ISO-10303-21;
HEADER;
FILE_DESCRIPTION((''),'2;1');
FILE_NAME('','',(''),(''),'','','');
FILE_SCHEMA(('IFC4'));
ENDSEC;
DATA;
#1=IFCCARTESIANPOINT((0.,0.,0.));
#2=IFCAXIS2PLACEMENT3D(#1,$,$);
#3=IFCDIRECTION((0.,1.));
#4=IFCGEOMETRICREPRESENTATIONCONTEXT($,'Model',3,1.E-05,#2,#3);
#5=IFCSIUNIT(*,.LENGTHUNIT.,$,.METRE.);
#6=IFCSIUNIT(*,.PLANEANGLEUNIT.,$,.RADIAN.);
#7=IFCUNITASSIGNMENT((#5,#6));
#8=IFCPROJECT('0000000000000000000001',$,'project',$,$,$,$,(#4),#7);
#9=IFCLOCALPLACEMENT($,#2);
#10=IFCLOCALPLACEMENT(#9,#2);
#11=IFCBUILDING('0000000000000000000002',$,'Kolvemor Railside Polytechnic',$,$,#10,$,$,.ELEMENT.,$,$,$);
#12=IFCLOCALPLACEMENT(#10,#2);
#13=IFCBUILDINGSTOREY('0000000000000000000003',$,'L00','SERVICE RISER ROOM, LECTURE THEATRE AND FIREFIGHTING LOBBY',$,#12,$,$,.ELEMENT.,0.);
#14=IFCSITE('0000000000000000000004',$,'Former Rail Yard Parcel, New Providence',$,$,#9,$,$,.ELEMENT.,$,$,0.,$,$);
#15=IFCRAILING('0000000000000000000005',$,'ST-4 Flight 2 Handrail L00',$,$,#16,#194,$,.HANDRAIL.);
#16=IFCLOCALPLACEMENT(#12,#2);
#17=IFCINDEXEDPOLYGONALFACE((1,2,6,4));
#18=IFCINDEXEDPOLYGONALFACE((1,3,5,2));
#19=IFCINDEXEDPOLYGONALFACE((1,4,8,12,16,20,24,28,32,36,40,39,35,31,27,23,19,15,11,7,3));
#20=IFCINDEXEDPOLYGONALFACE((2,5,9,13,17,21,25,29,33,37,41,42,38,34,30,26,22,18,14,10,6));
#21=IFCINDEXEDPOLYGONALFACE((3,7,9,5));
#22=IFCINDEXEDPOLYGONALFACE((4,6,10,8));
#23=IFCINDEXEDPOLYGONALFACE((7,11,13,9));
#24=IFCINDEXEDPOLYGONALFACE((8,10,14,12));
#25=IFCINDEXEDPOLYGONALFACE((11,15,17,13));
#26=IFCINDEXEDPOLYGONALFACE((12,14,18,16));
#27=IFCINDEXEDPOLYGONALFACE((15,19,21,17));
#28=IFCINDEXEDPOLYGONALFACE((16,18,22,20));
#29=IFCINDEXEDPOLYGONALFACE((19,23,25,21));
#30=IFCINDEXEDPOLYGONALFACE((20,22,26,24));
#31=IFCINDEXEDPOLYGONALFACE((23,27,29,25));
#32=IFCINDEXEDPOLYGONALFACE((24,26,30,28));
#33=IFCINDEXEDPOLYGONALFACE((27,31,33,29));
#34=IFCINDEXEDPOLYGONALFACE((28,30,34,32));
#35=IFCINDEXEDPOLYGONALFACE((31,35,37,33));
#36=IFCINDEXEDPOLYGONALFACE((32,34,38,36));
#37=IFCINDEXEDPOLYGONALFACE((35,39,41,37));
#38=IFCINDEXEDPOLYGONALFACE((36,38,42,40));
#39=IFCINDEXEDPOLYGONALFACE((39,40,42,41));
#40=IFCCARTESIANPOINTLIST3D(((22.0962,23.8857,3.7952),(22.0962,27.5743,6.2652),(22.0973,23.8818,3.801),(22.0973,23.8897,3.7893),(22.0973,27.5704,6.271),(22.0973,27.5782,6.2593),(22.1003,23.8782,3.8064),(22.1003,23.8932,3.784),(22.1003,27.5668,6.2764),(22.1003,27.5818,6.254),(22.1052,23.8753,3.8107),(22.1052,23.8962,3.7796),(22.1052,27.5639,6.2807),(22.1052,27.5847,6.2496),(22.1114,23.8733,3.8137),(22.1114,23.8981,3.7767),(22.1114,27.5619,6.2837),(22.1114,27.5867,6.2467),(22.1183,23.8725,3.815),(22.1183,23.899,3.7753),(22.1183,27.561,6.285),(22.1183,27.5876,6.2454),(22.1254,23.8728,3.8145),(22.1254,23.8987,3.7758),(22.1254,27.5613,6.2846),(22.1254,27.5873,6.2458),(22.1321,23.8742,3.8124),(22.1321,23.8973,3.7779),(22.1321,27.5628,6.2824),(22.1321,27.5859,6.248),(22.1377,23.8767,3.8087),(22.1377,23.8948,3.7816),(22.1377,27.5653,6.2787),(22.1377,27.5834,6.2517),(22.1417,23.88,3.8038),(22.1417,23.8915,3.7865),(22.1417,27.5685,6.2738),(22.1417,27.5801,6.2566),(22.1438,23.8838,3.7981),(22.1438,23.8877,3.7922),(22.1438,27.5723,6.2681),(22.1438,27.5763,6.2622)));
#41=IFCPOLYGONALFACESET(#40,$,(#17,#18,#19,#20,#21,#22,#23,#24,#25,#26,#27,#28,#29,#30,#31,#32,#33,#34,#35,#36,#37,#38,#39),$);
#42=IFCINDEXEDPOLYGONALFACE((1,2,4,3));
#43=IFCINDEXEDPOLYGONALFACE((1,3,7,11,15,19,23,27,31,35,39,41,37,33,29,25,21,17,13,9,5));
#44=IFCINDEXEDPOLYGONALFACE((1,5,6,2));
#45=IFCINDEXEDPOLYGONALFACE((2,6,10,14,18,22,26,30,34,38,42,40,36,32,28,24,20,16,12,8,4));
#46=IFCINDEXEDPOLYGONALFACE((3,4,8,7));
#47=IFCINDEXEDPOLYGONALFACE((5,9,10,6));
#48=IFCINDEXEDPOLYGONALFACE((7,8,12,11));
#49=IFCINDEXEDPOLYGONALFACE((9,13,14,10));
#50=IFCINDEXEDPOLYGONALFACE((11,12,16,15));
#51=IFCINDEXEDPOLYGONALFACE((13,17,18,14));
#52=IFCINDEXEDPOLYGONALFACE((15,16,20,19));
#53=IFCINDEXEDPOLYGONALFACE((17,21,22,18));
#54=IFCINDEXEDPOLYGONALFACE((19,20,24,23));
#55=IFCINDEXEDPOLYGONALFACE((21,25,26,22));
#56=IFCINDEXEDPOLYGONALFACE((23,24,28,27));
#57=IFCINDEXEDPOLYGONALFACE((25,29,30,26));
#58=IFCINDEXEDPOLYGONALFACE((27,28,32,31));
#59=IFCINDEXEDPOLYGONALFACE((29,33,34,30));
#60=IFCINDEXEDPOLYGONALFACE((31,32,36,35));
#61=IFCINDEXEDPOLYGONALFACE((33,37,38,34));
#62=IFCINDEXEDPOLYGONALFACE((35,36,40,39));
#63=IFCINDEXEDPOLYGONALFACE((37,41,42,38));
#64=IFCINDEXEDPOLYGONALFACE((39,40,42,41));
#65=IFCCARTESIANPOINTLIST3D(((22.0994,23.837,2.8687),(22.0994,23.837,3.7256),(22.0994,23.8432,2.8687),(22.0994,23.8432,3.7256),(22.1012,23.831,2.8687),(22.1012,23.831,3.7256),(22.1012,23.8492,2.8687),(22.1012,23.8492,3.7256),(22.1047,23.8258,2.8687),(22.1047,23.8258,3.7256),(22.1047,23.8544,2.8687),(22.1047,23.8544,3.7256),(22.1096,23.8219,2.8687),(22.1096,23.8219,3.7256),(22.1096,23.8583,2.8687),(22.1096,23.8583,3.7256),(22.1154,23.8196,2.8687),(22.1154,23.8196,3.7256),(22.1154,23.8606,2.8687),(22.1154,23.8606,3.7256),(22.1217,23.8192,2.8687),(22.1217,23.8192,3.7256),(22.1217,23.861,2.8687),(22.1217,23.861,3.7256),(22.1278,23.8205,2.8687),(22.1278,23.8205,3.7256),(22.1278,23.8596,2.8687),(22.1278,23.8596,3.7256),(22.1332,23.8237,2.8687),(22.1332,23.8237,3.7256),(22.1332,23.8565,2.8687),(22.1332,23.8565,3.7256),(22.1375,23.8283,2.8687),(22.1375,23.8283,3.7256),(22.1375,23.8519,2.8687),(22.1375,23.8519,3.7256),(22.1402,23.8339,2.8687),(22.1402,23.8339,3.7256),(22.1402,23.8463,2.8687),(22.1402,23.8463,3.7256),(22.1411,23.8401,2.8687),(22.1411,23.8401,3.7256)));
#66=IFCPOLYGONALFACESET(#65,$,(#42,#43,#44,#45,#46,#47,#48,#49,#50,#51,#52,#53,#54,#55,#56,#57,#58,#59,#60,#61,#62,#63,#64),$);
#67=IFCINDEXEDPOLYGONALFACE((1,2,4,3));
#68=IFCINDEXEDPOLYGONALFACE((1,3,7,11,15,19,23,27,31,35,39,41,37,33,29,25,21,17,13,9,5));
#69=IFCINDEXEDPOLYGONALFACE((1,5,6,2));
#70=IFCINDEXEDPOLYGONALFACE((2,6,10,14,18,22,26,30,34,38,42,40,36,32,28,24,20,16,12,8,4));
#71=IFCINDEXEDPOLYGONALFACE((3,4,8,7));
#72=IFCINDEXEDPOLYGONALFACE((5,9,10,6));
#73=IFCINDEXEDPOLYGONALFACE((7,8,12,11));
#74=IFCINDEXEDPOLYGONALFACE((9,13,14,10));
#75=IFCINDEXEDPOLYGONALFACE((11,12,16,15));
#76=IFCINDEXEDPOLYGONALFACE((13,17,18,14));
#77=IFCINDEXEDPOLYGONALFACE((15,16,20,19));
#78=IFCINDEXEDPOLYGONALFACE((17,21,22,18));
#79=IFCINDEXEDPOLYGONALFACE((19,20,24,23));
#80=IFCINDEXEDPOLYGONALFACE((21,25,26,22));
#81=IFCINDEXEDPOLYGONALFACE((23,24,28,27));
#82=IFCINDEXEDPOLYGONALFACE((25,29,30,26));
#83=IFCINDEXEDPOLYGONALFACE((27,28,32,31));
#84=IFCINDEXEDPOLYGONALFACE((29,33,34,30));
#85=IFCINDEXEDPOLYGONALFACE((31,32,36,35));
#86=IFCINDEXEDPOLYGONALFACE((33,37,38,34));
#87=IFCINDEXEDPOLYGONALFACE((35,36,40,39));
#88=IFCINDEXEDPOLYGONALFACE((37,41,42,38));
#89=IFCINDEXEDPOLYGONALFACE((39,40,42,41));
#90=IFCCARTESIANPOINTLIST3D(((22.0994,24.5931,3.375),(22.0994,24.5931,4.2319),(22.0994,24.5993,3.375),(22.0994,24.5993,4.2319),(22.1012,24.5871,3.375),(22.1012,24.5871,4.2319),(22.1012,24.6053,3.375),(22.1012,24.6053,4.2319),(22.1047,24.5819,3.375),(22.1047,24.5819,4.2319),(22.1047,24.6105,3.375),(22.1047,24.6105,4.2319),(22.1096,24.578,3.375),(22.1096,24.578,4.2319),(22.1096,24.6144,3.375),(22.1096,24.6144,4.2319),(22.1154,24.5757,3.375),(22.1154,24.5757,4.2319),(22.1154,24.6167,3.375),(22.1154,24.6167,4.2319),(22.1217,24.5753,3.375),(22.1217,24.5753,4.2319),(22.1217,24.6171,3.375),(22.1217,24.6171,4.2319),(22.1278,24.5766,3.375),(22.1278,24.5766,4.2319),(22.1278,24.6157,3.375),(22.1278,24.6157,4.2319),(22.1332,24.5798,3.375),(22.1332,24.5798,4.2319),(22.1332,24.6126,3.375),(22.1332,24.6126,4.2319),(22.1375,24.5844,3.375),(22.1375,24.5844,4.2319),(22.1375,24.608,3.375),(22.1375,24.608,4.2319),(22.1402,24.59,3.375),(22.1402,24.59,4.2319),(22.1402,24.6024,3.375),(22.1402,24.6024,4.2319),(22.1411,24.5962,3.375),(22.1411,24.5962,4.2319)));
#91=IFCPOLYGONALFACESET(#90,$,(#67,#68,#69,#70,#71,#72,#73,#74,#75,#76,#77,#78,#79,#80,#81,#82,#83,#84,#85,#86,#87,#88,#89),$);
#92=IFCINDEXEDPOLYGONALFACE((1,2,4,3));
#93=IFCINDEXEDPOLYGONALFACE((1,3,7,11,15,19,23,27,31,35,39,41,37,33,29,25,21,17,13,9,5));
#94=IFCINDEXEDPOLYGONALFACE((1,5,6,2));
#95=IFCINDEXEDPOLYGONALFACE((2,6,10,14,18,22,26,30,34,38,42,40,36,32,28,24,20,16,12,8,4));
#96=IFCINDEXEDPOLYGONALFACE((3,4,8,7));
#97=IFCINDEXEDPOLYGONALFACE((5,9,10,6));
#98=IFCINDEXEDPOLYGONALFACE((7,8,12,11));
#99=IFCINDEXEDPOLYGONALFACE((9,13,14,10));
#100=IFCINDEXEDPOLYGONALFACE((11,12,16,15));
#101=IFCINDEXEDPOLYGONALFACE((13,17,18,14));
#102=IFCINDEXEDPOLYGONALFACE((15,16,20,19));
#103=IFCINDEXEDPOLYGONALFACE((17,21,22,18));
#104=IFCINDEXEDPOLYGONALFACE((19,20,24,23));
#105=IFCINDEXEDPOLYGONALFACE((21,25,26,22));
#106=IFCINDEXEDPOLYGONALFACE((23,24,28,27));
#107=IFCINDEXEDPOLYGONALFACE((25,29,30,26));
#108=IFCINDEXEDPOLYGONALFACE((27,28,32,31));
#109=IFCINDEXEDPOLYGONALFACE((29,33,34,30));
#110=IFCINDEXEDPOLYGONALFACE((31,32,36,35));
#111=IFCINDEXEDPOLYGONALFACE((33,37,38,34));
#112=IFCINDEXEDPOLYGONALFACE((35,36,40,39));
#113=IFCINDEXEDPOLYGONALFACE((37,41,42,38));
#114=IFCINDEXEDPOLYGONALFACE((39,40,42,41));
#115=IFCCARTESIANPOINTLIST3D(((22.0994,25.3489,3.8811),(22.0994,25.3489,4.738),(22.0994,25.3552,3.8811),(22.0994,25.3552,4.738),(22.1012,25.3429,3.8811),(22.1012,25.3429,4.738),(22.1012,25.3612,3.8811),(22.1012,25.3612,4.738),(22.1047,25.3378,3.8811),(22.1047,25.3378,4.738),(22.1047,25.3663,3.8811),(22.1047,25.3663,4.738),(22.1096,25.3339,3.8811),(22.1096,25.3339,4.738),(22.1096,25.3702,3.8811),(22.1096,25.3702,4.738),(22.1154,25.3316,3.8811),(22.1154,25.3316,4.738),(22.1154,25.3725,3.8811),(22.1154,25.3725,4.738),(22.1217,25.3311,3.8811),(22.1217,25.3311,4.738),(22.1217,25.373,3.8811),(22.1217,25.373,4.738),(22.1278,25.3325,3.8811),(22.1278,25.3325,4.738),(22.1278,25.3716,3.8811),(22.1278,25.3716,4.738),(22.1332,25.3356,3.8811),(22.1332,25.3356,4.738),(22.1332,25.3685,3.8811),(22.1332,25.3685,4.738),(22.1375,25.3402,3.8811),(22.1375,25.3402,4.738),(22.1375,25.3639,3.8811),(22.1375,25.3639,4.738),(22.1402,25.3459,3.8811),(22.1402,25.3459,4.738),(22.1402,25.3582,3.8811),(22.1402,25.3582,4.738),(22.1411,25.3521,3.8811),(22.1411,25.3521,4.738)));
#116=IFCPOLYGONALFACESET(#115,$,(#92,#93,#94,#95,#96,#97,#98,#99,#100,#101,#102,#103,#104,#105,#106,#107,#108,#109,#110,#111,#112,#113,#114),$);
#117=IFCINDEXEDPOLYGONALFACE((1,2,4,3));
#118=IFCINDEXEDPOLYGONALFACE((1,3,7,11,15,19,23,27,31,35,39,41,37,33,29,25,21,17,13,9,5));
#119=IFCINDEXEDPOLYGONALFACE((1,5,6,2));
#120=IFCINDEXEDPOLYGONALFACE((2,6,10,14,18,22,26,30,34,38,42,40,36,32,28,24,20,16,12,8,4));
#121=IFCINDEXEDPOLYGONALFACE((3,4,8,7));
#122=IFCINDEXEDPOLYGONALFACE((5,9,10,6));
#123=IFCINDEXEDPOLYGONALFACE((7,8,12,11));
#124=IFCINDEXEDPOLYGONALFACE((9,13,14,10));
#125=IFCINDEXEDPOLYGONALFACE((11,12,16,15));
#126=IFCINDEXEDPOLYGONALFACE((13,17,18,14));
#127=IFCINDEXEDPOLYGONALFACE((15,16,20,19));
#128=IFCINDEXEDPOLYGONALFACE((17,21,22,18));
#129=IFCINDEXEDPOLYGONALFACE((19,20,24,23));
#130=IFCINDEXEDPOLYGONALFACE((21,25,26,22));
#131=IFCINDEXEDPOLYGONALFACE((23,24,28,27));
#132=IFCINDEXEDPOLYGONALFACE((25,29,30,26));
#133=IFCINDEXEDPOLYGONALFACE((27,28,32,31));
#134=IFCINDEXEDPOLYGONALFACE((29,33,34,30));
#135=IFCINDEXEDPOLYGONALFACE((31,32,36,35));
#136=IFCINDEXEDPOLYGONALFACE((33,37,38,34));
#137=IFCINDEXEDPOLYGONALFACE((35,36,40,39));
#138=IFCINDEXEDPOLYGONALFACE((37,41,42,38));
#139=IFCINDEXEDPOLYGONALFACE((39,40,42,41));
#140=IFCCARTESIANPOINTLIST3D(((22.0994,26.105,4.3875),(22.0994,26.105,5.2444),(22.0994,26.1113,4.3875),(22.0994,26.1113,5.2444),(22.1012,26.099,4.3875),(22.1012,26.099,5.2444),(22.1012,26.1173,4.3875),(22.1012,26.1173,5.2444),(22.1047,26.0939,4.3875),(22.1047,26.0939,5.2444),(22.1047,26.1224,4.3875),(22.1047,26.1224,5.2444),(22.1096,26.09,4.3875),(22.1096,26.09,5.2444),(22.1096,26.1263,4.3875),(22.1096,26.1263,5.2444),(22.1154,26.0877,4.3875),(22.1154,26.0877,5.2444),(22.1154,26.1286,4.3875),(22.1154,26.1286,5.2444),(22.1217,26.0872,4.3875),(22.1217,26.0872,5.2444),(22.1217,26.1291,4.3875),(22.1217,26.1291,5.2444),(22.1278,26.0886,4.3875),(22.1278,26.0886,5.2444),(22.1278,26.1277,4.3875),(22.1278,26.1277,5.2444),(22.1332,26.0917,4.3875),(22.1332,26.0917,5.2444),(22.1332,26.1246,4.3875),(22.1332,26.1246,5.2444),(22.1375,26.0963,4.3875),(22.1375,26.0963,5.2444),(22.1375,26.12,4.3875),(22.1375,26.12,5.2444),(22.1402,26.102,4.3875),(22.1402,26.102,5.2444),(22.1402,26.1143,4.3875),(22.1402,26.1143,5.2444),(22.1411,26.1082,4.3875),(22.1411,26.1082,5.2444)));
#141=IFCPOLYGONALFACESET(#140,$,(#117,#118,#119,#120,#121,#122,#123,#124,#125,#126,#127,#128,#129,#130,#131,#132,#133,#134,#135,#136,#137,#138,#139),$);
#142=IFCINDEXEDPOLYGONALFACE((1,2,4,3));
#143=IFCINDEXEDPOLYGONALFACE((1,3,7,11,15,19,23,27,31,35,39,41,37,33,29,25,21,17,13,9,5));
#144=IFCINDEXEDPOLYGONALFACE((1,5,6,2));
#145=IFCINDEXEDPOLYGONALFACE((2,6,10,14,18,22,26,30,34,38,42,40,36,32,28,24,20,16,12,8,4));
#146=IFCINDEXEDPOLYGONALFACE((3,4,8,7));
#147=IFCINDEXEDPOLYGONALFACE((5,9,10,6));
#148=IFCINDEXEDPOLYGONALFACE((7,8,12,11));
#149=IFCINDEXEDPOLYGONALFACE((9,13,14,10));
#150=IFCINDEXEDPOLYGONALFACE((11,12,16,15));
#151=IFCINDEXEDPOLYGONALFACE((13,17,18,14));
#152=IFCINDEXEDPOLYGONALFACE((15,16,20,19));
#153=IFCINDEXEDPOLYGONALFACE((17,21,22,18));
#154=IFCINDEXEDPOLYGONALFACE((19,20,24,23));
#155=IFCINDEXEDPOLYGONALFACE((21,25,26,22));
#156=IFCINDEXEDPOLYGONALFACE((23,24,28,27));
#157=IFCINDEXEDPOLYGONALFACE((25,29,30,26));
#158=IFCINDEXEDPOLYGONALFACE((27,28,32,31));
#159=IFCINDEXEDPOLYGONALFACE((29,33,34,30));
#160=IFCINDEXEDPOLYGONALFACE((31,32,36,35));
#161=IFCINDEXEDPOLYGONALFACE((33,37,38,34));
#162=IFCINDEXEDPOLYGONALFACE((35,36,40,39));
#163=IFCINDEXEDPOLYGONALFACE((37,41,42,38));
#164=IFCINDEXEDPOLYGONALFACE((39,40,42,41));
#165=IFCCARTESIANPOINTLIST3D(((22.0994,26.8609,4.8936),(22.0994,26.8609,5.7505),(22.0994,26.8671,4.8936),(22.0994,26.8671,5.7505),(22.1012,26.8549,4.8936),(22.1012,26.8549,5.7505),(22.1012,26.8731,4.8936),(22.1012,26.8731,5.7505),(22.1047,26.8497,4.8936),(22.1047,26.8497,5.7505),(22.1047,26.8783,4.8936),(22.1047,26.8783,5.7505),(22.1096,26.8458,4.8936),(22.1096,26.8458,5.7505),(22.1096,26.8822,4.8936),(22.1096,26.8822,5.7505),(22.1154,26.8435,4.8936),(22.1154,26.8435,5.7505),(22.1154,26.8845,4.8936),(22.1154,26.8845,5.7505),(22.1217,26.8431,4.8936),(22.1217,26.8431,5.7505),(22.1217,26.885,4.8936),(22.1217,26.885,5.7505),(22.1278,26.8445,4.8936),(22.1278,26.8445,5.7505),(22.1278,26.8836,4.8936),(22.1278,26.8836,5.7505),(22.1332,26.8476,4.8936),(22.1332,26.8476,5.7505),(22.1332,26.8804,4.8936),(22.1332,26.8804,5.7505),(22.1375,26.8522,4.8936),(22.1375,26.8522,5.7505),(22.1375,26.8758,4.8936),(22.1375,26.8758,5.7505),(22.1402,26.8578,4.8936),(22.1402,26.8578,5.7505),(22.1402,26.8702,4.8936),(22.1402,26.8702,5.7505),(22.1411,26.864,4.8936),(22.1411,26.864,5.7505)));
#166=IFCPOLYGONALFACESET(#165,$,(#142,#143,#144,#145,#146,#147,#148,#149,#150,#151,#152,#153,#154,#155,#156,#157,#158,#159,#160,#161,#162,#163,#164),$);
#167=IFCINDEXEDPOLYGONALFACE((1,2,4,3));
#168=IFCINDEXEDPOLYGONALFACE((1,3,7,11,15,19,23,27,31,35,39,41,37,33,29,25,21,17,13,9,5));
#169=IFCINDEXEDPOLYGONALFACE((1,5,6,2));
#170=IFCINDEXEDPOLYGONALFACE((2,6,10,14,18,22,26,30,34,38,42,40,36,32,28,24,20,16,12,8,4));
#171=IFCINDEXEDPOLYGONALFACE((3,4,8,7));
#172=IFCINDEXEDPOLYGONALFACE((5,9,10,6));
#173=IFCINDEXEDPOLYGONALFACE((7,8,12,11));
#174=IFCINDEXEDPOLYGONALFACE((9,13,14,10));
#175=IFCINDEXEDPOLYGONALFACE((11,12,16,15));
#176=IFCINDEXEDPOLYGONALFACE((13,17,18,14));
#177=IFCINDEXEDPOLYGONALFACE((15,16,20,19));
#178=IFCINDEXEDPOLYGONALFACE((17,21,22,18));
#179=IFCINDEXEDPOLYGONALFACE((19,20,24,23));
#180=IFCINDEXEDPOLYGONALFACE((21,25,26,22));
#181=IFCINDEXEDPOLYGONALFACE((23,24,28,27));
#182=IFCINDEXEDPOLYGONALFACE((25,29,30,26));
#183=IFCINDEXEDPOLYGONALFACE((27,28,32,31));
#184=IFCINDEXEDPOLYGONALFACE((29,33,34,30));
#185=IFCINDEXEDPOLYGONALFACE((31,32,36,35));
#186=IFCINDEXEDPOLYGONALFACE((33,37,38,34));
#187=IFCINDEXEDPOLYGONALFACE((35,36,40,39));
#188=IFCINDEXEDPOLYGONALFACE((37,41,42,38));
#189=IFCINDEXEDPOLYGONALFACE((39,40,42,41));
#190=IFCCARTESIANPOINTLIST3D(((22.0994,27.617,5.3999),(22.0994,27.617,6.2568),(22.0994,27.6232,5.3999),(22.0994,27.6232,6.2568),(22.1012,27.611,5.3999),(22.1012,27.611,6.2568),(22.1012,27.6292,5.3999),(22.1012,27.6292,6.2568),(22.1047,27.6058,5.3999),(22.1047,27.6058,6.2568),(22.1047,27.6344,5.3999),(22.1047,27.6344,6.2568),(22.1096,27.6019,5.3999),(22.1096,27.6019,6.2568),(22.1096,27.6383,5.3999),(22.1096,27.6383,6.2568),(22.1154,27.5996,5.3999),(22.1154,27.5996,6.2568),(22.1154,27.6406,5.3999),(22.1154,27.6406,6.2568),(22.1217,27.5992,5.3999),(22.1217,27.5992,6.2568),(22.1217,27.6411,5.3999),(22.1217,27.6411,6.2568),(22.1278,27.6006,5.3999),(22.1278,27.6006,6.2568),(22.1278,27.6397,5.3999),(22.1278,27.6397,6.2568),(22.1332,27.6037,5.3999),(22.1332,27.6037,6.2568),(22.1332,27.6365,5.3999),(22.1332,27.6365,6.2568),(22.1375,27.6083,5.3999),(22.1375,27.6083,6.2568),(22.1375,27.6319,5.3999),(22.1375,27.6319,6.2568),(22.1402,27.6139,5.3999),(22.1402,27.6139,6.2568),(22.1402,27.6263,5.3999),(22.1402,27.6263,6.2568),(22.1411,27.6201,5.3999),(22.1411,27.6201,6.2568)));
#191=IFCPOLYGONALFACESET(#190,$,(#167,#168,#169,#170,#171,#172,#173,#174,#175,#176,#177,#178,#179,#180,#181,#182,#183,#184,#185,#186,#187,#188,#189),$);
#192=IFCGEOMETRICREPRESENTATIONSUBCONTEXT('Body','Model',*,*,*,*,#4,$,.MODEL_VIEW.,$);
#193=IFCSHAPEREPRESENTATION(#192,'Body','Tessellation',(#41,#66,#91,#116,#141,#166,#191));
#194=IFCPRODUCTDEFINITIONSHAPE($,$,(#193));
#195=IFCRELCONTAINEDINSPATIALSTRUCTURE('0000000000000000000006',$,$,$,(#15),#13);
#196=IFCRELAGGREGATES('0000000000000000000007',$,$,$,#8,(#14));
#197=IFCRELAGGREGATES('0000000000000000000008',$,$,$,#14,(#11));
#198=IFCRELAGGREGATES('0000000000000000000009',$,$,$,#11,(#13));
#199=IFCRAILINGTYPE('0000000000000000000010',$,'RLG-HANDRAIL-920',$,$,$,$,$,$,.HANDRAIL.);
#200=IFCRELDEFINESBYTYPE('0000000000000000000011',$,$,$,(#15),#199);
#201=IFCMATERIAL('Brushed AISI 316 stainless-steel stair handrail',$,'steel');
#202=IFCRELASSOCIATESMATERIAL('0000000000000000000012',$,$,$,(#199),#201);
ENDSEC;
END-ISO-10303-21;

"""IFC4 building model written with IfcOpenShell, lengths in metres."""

from ifc_helpers import new_model, si_unit, direction, frame, origin, origin_2d, place, context, subcontext, project, spatial, circle, extrude, material, type_object, element, save


model = new_model("IFC4")

# Units and contexts
model_context = context("Model", 3, precision=1e-05, world=origin(), true_north=direction((0.0, 1.0)))
body_context = subcontext(model_context, "Body", "Model", "MODEL_VIEW")
ifc_project = project(units=[si_unit("LENGTHUNIT", "METRE"), si_unit("PLANEANGLEUNIT", "RADIAN")], contexts=[model_context])

# Site, building, storey
site_placement = place(None, origin())
site = spatial("IfcSite", under=ifc_project, at=site_placement, Name="Former Rail Yard Parcel, New Providence", CompositionType="ELEMENT", RefElevation=0.0)
building_placement = place(site_placement, origin())
building = spatial("IfcBuilding", under=site, at=building_placement, Name="Kolvemor Railside Polytechnic", CompositionType="ELEMENT")
storey_placement = place(building_placement, origin())
storey = spatial("IfcBuildingStorey", under=building, at=storey_placement, Name="L00", Description="SERVICE RISER ROOM, LECTURE THEATRE AND FIREFIGHTING LOBBY", CompositionType="ELEMENT", Elevation=0.0)

# Railing
ifc_material_1 = material(Name="Brushed AISI 316 stainless-steel stair handrail", Category="steel")
railing_type = type_object("IfcRailingType", Name="RLG-HANDRAIL-920", PredefinedType="HANDRAIL", material=ifc_material_1)
railing_1_placement = place(storey_placement, frame((22.1201, 23.8401, 2.8687)))
element("IfcRailing", 1, at=railing_1_placement, inside=storey, type_object=railing_type, Name="ST-4 Flight 2 Handrail L00", PredefinedType="HANDRAIL", context=body_context, shape_type="SweptSolid", body=[
    extrude(circle(Radius=0.0239, at=origin_2d()), frame((0.0, 0.0457, 0.9265), z_axis=(0.0, 0.830909, 0.556408), x_axis=(-1.0, 0.0, 0.0)), (0.0, 0.0, 1.0), 4.4392),
    extrude(circle(Radius=0.021, at=origin_2d()), origin(), (0.0, 0.0, 1.0), 0.8569),
    extrude(circle(Radius=0.021, at=origin_2d()), frame((0.0, 0.7561, 0.5063)), (0.0, 0.0, 1.0), 0.8569),
    extrude(circle(Radius=0.021, at=origin_2d()), frame((0.0, 1.512, 1.0125)), (0.0, 0.0, 1.0), 0.8569),
    extrude(circle(Radius=0.021, at=origin_2d()), frame((0.0, 2.2681, 1.5188)), (0.0, 0.0, 1.0), 0.8569),
    extrude(circle(Radius=0.021, at=origin_2d()), frame((0.0, 3.0239, 2.0249)), (0.0, 0.0, 1.0), 0.8569),
    extrude(circle(Radius=0.021, at=origin_2d()), frame((0.0, 3.78, 2.5312)), (0.0, 0.0, 1.0), 0.8569),
])

save(model, "model.ifc")
